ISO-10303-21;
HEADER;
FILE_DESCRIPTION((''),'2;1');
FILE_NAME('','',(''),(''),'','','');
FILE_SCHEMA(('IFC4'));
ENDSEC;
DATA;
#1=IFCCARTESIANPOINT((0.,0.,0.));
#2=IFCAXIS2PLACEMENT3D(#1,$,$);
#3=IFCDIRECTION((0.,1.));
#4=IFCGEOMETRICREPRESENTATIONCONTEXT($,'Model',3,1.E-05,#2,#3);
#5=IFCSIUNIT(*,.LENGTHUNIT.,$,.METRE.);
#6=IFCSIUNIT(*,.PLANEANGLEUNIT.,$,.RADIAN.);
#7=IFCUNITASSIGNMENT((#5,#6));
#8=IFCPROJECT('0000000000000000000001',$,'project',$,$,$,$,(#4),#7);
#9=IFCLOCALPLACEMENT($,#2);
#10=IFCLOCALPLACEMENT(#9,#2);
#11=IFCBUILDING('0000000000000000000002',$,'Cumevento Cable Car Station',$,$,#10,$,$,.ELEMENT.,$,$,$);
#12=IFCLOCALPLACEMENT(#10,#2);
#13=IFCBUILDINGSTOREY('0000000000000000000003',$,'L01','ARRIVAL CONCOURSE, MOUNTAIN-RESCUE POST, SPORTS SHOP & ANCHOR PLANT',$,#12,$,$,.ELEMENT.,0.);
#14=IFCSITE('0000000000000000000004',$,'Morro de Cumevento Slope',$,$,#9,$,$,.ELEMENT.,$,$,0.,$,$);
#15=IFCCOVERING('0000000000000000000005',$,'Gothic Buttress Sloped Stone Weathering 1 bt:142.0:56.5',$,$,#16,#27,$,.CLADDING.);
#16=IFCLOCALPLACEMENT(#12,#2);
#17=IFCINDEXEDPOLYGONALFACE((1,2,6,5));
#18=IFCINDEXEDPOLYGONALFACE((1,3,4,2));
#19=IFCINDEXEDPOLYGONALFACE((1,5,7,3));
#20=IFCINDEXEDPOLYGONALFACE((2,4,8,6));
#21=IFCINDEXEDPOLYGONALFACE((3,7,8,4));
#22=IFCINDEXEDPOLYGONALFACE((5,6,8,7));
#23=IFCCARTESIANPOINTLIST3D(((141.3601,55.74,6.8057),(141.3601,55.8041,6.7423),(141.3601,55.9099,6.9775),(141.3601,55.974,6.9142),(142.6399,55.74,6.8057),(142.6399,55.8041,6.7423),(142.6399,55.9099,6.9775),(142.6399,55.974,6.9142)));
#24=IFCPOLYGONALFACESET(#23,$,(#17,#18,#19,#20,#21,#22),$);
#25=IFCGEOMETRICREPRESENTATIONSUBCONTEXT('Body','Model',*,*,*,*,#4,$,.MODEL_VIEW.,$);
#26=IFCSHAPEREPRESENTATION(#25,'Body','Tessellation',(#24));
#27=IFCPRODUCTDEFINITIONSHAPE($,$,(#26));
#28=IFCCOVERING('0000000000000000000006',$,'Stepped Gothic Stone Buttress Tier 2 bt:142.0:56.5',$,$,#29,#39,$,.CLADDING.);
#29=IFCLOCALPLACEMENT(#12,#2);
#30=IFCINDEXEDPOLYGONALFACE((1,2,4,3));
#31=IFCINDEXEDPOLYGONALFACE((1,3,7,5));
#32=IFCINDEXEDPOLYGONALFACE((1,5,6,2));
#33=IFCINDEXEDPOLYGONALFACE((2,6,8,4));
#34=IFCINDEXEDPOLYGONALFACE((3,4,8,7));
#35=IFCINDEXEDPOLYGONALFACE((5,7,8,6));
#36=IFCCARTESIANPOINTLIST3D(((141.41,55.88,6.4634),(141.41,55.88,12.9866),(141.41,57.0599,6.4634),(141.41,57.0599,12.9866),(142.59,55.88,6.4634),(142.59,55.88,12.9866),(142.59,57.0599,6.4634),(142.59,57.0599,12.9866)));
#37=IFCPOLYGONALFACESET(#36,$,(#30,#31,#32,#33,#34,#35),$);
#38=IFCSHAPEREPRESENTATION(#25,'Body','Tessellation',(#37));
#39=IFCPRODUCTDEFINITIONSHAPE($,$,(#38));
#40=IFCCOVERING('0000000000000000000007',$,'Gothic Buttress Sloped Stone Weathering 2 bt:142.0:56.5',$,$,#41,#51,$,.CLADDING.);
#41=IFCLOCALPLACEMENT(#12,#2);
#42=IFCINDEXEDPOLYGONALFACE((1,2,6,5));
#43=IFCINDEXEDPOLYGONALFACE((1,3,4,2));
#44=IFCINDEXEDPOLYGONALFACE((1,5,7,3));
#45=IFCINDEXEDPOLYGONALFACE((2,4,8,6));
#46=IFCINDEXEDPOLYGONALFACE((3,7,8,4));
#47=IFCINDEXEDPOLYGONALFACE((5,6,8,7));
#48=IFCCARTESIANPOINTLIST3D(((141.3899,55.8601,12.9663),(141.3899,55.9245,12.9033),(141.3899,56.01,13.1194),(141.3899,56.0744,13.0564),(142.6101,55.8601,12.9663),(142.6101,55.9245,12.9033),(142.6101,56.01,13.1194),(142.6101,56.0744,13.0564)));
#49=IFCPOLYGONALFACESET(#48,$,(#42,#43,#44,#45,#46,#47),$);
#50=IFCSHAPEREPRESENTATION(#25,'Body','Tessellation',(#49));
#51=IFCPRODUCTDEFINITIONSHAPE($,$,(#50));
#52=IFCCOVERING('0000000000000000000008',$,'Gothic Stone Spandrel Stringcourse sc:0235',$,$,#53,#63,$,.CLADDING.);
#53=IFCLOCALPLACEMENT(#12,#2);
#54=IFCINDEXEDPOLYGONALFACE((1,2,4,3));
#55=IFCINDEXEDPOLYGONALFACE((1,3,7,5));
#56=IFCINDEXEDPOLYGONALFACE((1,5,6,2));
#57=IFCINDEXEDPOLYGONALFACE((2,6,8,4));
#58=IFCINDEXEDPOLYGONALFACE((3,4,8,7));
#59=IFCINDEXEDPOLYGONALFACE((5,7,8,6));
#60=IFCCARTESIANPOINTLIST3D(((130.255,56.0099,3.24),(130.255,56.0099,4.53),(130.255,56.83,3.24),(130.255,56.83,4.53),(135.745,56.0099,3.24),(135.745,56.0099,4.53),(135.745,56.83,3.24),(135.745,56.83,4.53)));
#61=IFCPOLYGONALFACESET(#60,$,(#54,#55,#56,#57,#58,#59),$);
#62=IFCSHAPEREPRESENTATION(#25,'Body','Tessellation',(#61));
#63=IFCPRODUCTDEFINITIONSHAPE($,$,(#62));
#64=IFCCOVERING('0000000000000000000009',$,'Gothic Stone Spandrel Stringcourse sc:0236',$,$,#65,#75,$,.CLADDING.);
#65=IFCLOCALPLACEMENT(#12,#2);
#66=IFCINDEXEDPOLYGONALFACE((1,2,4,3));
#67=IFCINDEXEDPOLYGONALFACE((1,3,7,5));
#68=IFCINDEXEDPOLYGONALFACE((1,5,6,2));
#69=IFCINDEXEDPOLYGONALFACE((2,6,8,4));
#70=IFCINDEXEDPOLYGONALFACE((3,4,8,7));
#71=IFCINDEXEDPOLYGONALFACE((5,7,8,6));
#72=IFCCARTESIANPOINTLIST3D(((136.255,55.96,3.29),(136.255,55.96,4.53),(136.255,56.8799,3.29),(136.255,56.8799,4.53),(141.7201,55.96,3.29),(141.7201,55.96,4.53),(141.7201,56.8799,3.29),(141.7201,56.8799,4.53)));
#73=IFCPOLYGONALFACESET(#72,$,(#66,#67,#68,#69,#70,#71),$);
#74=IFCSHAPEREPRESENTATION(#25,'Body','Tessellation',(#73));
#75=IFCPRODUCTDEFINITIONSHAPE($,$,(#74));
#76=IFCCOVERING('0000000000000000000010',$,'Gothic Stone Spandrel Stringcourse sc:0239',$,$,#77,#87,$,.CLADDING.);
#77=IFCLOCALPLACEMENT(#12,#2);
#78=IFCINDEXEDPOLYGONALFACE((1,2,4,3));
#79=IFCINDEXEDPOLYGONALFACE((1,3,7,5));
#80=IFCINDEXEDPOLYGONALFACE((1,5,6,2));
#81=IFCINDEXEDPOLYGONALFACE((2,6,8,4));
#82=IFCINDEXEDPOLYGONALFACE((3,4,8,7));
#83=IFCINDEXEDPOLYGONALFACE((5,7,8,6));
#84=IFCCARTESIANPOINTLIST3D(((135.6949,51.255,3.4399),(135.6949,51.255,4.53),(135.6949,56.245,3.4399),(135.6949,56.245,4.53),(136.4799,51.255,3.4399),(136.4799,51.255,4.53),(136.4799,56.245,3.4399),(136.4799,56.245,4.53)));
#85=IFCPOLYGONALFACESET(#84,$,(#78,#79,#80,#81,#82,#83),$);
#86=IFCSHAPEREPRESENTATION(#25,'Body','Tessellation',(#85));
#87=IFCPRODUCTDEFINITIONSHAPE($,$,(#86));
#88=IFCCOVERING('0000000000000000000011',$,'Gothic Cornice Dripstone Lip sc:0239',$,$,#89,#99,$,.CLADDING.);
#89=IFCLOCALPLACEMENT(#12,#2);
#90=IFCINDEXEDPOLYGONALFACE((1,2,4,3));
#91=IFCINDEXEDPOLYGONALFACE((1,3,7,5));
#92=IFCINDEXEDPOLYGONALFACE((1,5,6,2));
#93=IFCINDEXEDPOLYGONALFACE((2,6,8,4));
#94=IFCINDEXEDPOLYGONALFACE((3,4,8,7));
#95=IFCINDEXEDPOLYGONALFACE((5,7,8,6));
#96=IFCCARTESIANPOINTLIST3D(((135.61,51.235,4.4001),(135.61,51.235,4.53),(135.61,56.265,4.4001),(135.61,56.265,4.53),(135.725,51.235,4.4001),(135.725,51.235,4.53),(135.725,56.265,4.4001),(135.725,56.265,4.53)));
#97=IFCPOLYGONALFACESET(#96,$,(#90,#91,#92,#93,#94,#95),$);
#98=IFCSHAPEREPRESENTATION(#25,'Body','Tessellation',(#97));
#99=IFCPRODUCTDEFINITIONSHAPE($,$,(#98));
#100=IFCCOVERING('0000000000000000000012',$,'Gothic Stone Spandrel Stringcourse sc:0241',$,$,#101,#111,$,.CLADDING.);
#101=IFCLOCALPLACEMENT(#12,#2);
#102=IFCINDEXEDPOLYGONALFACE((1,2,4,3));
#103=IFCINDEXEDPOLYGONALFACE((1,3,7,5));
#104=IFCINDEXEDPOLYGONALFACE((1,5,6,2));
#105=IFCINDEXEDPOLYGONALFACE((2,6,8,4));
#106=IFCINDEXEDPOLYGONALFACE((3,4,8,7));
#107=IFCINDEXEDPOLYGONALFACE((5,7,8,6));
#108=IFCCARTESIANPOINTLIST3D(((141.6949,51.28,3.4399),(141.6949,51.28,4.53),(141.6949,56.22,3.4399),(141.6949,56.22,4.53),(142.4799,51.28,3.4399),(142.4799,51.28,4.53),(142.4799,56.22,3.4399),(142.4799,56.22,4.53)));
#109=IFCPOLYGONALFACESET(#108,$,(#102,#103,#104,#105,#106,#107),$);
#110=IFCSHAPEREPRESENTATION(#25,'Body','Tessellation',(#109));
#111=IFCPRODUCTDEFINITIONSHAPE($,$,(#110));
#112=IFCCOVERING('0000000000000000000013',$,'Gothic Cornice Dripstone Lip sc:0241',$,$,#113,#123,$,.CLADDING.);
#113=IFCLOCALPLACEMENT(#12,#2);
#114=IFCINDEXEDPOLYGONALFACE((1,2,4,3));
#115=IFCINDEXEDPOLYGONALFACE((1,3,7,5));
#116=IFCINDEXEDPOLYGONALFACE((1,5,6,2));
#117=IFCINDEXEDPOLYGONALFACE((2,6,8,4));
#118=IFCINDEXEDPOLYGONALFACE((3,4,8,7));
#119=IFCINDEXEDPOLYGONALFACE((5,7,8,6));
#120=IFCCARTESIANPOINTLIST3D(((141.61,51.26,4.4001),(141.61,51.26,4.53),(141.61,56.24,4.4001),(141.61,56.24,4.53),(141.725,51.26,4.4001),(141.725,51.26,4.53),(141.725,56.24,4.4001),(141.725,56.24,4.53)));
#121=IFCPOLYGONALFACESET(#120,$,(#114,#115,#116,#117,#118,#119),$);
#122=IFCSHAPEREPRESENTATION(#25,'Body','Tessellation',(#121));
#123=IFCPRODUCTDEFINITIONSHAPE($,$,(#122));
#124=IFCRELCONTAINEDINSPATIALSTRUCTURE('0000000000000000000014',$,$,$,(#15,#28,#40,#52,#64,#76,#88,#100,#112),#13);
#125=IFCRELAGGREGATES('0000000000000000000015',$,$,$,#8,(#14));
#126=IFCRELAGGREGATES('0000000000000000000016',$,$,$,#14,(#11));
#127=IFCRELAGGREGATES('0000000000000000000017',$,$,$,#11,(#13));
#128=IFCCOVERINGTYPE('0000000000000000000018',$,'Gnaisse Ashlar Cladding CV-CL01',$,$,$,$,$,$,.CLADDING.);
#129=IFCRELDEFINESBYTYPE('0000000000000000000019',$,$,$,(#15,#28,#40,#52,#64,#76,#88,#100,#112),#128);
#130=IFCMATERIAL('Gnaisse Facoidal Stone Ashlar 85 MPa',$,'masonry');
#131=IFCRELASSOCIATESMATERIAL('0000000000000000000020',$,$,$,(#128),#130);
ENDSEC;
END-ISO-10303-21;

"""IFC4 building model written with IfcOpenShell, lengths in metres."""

from ifc_helpers import new_model, si_unit, direction, frame, origin, origin_2d, place, context, subcontext, project, spatial, polyline, rectangle, outline, extrude, material, type_object, element, save


model = new_model("IFC4")

# Units and contexts
model_context = context("Model", 3, precision=1e-05, world=origin(), true_north=direction((0.0, 1.0)))
body_context = subcontext(model_context, "Body", "Model", "MODEL_VIEW")
ifc_project = project(units=[si_unit("LENGTHUNIT", "METRE"), si_unit("PLANEANGLEUNIT", "RADIAN")], contexts=[model_context])

# Site, building, storey
site_placement = place(None, origin())
site = spatial("IfcSite", under=ifc_project, at=site_placement, Name="Morro de Cumevento Slope", CompositionType="ELEMENT", RefElevation=0.0)
building_placement = place(site_placement, origin())
building = spatial("IfcBuilding", under=site, at=building_placement, Name="Cumevento Cable Car Station", CompositionType="ELEMENT")
storey_placement = place(building_placement, origin())
storey = spatial("IfcBuildingStorey", under=building, at=storey_placement, Name="L01", Description="ARRIVAL CONCOURSE, MOUNTAIN-RESCUE POST, SPORTS SHOP & ANCHOR PLANT", CompositionType="ELEMENT", Elevation=0.0)

# Coverings
ifc_material_1 = material(Name="Gnaisse Facoidal Stone Ashlar 85 MPa", Category="masonry")
covering_type = type_object("IfcCoveringType", Name="Gnaisse Ashlar Cladding CV-CL01", PredefinedType="CLADDING", material=ifc_material_1)
covering_1_placement = place(storey_placement, frame((141.3601, 55.74, 6.8057), z_axis=(0.0, -0.711136, 0.703055), x_axis=(1.0, 0.0, 0.0)))
element("IfcCovering", 1, at=covering_1_placement, inside=storey, type_object=covering_type, Name="Gothic Buttress Sloped Stone Weathering 1 bt:142.0:56.5", PredefinedType="CLADDING", context=body_context, shape_type="SweptSolid", body=[
    extrude(outline(polyline([(0.0, 0.0), (1.2798, 0.0), (1.2798, 0.2417), (0.0, 0.2417), (0.0, 0.0)])), origin(), (0.0, 0.0, -1.0), 0.0901),
])
covering_2_placement = place(storey_placement, frame((142.0, 56.47, 6.4634), z_axis=(0.0, 0.0, 1.0), x_axis=(1.0, 0.0, 0.0)))
element("IfcCovering", 2, at=covering_2_placement, inside=storey, type_object=covering_type, Name="Stepped Gothic Stone Buttress Tier 2 bt:142.0:56.5", PredefinedType="CLADDING", context=body_context, shape_type="SweptSolid", body=[
    extrude(rectangle(XDim=1.1799, YDim=1.1799, at=origin_2d()), origin(), (0.0, 0.0, 1.0), 6.5232),
])
covering_3_placement = place(storey_placement, frame((141.3899, 55.8601, 12.9663), z_axis=(0.0, -0.714475, 0.699661), x_axis=(1.0, 0.0, 0.0)))
element("IfcCovering", 3, at=covering_3_placement, inside=storey, type_object=covering_type, Name="Gothic Buttress Sloped Stone Weathering 2 bt:142.0:56.5", PredefinedType="CLADDING", context=body_context, shape_type="SweptSolid", body=[
    extrude(outline(polyline([(0.0, 0.0), (1.2202, 0.0), (1.2202, 0.2142), (0.0, 0.2142), (0.0, 0.0)])), origin(), (0.0, 0.0, -1.0), 0.0901),
])
covering_4_placement = place(storey_placement, frame((133.0, 56.4199, 3.24), z_axis=(0.0, 0.0, 1.0), x_axis=(1.0, 0.0, 0.0)))
element("IfcCovering", 4, at=covering_4_placement, inside=storey, type_object=covering_type, Name="Gothic Stone Spandrel Stringcourse sc:0235", PredefinedType="CLADDING", context=body_context, shape_type="SweptSolid", body=[
    extrude(rectangle(XDim=5.49, YDim=0.8201, at=origin_2d()), origin(), (0.0, 0.0, 1.0), 1.29),
])
covering_5_placement = place(storey_placement, frame((138.9875, 56.4199, 3.29), z_axis=(0.0, 0.0, 1.0), x_axis=(1.0, 0.0, 0.0)))
element("IfcCovering", 5, at=covering_5_placement, inside=storey, type_object=covering_type, Name="Gothic Stone Spandrel Stringcourse sc:0236", PredefinedType="CLADDING", context=body_context, shape_type="SweptSolid", body=[
    extrude(rectangle(XDim=5.4651, YDim=0.9199, at=origin_2d()), origin(), (0.0, 0.0, 1.0), 1.24),
])
covering_6_placement = place(storey_placement, frame((136.0874, 53.75, 3.4399), z_axis=(0.0, 0.0, 1.0), x_axis=(0.0, 1.0, 0.0)))
element("IfcCovering", 6, at=covering_6_placement, inside=storey, type_object=covering_type, Name="Gothic Stone Spandrel Stringcourse sc:0239", PredefinedType="CLADDING", context=body_context, shape_type="SweptSolid", body=[
    extrude(rectangle(XDim=4.99, YDim=0.7849, at=origin_2d()), origin(), (0.0, 0.0, 1.0), 1.0901),
])
covering_7_placement = place(storey_placement, frame((135.6675, 53.75, 4.4001), z_axis=(0.0, 0.0, 1.0), x_axis=(0.0, 1.0, 0.0)))
element("IfcCovering", 7, at=covering_7_placement, inside=storey, type_object=covering_type, Name="Gothic Cornice Dripstone Lip sc:0239", PredefinedType="CLADDING", context=body_context, shape_type="SweptSolid", body=[
    extrude(rectangle(XDim=5.03, YDim=0.115, at=origin_2d()), origin(), (0.0, 0.0, 1.0), 0.1299),
])
covering_8_placement = place(storey_placement, frame((142.0874, 53.75, 3.4399), z_axis=(0.0, 0.0, 1.0), x_axis=(0.0, 1.0, 0.0)))
element("IfcCovering", 8, at=covering_8_placement, inside=storey, type_object=covering_type, Name="Gothic Stone Spandrel Stringcourse sc:0241", PredefinedType="CLADDING", context=body_context, shape_type="SweptSolid", body=[
    extrude(rectangle(XDim=4.9399, YDim=0.7849, at=origin_2d()), origin(), (0.0, 0.0, 1.0), 1.0901),
])
covering_9_placement = place(storey_placement, frame((141.6675, 53.75, 4.4001), z_axis=(0.0, 0.0, 1.0), x_axis=(0.0, 1.0, 0.0)))
element("IfcCovering", 9, at=covering_9_placement, inside=storey, type_object=covering_type, Name="Gothic Cornice Dripstone Lip sc:0241", PredefinedType="CLADDING", context=body_context, shape_type="SweptSolid", body=[
    extrude(rectangle(XDim=4.98, YDim=0.115, at=origin_2d()), origin(), (0.0, 0.0, 1.0), 0.1299),
])

save(model, "model.ifc")
